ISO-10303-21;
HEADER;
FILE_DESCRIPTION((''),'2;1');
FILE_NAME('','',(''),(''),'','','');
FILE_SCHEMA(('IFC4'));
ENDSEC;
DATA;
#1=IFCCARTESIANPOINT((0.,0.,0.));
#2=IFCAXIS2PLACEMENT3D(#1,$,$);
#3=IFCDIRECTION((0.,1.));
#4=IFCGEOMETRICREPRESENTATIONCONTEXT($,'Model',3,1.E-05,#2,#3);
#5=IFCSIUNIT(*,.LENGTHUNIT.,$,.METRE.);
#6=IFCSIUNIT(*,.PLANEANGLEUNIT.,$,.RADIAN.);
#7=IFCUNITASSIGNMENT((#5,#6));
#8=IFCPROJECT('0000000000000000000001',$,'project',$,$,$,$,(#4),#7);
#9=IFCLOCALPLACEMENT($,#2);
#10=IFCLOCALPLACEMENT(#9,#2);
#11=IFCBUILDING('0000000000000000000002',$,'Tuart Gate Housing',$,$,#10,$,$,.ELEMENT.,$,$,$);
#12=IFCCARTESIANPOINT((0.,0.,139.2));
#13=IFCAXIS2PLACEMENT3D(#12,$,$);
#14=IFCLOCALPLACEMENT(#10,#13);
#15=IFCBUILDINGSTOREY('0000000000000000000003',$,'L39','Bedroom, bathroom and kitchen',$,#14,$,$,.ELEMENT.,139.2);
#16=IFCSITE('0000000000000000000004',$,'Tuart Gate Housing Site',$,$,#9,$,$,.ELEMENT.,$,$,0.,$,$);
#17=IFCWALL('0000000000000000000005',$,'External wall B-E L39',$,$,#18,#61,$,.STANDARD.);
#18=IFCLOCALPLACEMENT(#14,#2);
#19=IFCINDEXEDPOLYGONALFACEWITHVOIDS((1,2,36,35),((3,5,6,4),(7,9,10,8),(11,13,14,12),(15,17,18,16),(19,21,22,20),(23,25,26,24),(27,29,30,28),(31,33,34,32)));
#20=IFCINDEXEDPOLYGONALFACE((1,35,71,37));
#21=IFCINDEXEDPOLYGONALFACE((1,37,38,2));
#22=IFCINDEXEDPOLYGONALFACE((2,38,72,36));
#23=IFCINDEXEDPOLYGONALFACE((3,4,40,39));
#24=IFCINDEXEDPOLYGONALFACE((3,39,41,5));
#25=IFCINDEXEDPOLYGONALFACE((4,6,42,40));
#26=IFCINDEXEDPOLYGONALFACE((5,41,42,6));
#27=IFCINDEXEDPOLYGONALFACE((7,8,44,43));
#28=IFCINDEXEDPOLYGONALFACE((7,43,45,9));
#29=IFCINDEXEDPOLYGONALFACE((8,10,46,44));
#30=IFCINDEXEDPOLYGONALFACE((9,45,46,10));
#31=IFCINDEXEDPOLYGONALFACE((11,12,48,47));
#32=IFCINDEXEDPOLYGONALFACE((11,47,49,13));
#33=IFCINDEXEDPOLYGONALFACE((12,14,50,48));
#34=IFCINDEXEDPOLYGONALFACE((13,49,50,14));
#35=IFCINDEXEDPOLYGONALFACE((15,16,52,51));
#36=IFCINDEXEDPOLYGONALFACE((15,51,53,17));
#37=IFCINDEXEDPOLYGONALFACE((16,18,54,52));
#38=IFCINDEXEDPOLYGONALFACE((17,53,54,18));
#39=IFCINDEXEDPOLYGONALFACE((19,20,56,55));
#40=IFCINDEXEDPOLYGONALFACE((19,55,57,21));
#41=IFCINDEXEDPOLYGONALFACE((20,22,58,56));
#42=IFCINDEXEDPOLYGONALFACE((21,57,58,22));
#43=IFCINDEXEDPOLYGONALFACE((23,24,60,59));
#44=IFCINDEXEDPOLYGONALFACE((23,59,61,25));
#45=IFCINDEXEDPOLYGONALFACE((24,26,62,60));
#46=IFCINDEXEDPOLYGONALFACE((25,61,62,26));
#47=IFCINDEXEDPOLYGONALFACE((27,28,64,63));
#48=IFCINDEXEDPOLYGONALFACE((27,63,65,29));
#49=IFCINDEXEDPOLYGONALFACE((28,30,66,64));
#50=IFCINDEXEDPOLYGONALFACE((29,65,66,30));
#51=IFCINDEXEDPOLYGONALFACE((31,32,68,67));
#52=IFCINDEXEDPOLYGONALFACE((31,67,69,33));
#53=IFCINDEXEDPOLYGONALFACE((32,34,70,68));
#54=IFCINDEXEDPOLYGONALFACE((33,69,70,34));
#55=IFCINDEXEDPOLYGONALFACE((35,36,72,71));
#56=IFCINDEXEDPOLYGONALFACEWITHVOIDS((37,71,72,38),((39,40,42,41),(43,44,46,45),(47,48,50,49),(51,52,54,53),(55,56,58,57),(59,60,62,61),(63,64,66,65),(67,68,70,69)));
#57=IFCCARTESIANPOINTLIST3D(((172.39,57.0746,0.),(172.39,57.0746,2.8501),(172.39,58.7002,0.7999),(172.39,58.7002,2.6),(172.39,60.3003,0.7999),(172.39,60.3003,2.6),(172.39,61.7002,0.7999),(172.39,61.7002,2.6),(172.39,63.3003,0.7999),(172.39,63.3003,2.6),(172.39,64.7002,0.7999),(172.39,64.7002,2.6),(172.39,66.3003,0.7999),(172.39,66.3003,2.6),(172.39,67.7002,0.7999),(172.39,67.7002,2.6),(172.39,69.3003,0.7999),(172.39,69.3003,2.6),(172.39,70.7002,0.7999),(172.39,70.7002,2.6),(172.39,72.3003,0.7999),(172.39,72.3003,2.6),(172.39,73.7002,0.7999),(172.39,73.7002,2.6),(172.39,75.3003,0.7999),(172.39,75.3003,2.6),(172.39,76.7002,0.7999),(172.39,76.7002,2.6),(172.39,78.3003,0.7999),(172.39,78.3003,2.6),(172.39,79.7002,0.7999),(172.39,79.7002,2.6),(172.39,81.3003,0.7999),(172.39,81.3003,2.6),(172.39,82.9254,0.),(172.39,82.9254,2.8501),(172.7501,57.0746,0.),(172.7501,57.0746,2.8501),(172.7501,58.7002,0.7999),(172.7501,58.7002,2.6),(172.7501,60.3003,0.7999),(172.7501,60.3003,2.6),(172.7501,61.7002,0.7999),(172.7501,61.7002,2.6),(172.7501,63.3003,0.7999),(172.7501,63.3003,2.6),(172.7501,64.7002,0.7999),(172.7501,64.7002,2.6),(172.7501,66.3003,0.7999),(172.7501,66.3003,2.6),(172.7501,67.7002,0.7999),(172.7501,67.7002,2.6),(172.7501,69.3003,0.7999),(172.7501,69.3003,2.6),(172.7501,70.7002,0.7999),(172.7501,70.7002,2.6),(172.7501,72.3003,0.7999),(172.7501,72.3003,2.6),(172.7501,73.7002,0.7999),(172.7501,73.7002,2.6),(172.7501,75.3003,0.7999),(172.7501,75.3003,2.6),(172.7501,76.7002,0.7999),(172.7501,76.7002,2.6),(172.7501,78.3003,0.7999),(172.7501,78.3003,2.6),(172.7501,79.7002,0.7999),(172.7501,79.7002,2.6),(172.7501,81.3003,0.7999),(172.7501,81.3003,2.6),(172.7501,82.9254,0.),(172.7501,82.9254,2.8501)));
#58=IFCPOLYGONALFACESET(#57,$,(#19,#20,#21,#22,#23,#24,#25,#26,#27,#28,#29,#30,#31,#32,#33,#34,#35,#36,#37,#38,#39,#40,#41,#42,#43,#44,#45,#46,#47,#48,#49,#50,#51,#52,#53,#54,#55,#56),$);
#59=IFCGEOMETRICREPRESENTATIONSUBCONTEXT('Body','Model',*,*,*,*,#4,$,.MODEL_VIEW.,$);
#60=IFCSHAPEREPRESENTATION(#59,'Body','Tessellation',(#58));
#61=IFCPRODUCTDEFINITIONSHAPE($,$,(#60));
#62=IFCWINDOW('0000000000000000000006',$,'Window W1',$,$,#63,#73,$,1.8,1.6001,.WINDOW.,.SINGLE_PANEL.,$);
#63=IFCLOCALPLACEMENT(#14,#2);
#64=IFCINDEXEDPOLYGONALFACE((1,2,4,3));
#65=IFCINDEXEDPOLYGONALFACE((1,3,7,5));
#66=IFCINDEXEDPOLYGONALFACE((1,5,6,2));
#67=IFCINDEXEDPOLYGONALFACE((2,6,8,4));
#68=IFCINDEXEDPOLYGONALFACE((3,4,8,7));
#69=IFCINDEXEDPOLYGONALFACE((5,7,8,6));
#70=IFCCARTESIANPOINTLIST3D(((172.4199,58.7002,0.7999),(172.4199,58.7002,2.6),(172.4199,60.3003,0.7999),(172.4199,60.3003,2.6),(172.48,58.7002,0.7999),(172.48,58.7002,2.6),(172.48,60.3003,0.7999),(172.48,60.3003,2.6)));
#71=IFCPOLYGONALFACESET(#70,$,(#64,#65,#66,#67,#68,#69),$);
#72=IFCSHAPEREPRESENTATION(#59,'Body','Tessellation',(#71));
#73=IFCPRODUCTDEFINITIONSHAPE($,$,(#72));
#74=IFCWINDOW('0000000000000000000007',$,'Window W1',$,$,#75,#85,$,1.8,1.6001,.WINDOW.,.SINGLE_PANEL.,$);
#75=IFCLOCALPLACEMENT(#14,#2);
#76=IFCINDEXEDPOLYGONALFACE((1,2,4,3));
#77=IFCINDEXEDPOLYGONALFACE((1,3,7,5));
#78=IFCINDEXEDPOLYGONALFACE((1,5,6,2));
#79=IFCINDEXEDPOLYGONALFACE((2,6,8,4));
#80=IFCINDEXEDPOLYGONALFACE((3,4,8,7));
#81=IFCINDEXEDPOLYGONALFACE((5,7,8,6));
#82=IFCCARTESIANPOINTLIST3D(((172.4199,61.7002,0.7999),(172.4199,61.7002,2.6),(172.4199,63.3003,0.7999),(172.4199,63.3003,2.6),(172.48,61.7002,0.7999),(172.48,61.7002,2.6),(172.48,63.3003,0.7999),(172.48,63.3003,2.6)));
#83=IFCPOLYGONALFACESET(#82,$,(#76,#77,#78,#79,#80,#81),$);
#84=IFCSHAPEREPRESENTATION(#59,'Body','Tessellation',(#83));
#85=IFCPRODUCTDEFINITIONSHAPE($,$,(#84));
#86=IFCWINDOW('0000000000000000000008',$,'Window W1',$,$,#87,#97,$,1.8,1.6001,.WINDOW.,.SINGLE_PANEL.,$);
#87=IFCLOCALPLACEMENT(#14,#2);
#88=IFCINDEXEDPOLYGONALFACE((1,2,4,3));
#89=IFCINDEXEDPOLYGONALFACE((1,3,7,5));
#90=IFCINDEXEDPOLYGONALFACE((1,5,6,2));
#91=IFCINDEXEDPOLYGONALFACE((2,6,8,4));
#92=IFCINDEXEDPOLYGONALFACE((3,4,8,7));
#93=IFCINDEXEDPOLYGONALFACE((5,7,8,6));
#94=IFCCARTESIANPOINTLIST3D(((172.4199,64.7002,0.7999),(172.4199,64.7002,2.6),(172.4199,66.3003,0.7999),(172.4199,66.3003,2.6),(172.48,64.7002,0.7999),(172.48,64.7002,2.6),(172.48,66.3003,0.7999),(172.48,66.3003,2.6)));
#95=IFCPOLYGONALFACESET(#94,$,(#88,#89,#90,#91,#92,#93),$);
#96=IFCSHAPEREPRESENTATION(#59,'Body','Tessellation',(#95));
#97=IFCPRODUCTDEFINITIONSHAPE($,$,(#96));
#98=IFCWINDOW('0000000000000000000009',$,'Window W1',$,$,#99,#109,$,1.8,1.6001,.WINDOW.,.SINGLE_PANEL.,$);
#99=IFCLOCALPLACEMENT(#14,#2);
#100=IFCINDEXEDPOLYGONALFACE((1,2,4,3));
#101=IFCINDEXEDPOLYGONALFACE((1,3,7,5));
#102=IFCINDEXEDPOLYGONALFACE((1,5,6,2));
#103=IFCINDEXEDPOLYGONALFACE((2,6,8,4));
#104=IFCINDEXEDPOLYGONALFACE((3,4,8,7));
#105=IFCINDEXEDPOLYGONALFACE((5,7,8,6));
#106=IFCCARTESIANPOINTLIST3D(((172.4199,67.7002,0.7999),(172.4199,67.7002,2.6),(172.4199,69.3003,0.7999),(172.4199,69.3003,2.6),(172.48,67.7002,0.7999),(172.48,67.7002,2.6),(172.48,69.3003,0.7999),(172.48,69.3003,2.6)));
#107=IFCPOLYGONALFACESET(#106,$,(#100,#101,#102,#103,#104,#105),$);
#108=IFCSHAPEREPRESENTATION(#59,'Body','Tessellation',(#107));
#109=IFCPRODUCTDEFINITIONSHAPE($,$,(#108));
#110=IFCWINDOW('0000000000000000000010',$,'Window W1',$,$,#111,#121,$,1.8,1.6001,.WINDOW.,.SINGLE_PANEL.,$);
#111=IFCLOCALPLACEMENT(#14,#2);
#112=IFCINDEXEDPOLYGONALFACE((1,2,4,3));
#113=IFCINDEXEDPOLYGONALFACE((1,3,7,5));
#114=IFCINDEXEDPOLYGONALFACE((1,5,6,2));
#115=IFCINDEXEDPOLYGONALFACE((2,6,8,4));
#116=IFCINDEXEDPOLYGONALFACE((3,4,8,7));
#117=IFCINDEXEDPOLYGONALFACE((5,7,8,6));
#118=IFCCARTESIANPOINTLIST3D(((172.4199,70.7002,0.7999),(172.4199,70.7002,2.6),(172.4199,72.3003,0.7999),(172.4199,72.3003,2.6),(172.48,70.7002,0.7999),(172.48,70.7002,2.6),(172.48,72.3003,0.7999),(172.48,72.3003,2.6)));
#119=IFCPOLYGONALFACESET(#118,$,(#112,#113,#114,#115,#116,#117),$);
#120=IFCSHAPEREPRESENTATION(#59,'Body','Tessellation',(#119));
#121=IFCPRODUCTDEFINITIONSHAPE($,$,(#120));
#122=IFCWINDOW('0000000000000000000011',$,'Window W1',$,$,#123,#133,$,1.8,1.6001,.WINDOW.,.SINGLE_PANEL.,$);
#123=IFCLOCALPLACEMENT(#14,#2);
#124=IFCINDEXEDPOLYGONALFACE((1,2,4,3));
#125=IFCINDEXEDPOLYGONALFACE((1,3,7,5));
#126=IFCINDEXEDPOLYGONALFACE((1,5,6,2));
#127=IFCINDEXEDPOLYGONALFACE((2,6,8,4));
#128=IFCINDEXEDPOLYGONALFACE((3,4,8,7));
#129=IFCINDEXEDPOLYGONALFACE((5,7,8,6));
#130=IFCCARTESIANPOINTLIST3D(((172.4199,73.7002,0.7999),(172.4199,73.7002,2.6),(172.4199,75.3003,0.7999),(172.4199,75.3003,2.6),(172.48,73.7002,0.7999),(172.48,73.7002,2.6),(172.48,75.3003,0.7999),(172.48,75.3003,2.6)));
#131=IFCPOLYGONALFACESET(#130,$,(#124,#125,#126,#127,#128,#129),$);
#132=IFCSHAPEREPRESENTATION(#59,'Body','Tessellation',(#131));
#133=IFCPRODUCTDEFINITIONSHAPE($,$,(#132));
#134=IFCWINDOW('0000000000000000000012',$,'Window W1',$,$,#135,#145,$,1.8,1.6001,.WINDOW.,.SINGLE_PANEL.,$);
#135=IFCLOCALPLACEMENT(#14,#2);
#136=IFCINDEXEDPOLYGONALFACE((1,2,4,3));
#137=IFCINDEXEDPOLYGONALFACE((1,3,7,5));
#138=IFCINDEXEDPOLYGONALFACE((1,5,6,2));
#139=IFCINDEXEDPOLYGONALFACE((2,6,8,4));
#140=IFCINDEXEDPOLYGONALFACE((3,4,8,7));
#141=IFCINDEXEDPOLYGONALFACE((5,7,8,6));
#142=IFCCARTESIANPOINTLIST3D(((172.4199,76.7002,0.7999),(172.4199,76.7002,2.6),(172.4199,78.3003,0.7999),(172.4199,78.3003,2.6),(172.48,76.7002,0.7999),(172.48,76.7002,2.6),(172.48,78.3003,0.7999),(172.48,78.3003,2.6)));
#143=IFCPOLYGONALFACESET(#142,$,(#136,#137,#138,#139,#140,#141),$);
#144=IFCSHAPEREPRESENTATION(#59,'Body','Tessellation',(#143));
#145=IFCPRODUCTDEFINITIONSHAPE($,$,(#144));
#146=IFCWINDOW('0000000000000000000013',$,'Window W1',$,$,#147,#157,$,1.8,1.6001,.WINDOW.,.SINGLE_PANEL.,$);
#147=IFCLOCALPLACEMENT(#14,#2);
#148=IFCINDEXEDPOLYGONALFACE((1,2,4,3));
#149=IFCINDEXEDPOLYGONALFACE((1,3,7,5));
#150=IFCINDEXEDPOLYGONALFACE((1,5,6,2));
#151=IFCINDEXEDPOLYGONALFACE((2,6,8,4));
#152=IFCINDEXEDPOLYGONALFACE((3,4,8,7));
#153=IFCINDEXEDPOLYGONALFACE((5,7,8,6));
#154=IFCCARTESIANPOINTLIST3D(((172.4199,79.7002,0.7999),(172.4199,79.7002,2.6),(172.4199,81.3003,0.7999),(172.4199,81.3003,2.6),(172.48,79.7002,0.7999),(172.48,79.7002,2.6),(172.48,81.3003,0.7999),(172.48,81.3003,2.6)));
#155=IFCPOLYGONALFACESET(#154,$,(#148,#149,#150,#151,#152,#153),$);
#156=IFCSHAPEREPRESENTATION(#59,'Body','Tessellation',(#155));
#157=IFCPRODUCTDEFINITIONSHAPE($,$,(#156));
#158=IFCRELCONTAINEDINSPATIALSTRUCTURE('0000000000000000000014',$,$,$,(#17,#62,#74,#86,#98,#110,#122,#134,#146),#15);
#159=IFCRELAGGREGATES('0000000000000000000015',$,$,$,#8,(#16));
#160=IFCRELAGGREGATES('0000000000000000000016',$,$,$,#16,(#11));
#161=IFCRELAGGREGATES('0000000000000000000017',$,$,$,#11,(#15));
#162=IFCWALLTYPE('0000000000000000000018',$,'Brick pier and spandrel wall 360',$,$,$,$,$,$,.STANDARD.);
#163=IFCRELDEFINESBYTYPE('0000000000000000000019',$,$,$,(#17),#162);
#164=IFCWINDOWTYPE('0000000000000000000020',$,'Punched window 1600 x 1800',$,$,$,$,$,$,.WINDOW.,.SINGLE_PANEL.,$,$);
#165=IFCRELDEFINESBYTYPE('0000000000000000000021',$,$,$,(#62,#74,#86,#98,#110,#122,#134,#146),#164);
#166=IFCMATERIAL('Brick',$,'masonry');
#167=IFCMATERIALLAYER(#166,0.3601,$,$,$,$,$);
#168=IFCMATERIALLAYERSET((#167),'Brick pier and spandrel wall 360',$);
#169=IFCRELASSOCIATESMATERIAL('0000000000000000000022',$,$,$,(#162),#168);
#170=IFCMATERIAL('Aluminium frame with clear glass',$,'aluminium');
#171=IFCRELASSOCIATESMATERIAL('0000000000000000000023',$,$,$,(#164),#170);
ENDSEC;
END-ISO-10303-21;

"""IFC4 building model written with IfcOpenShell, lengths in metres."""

from ifc_helpers import new_model, si_unit, direction, frame, frame_2d, origin, place, context, subcontext, project, spatial, rectangle, extrude, material, layer, layer_set, type_object, element, fill, save


model = new_model("IFC4")

# Units and contexts
model_context = context("Model", 3, precision=1e-05, world=origin(), true_north=direction((0.0, 1.0)))
body_context = subcontext(model_context, "Body", "Model", "MODEL_VIEW")
ifc_project = project(units=[si_unit("LENGTHUNIT", "METRE"), si_unit("PLANEANGLEUNIT", "RADIAN")], contexts=[model_context])

# Site, building, storey
site_placement = place(None, origin())
site = spatial("IfcSite", under=ifc_project, at=site_placement, Name="Tuart Gate Housing Site", CompositionType="ELEMENT", RefElevation=0.0)
building_placement = place(site_placement, origin())
building = spatial("IfcBuilding", under=site, at=building_placement, Name="Tuart Gate Housing", CompositionType="ELEMENT")
storey_placement = place(building_placement, frame((0.0, 0.0, 139.2)))
storey = spatial("IfcBuildingStorey", under=building, at=storey_placement, Name="L39", Description="Bedroom, bathroom and kitchen", CompositionType="ELEMENT", Elevation=139.2)

# Shared definitions
ifc_material_1 = material(Name="Brick", Category="masonry")
ifc_layer_1 = layer(ifc_material_1, 0.3601)
ifc_layer_set_1 = layer_set([ifc_layer_1], Name="Brick pier and spandrel wall 360")
wall_type_1 = type_object("IfcWallType", Name="Brick pier and spandrel wall 360", PredefinedType="STANDARD", material=ifc_layer_set_1)
ifc_material_2 = material(Name="Aluminium frame with clear glass", Category="aluminium")
window_type = type_object("IfcWindowType", Name="Punched window 1600 x 1800", PartitioningType="SINGLE_PANEL", PredefinedType="WINDOW", material=ifc_material_2)

# Wall, openings, windows
wall_1_placement = place(storey_placement, frame((172.5701, 57.0747, 0.0), z_axis=(0.0, 0.0, 1.0), x_axis=(0.0, 1.0, 0.0)))
wall_1 = element("IfcWall", 1, at=wall_1_placement, inside=storey, type_object=wall_type_1, Name="External wall B-E L39", PredefinedType="STANDARD", context=body_context, shape_type="SweptSolid", body=[
    extrude(rectangle(XDim=25.8508, YDim=0.3601, at=frame_2d((12.9253, 0.0))), origin(), (0.0, 0.0, 1.0), 2.8501),
])
opening_1_placement = place(wall_1_placement, frame((1.6255, 0.0, 0.8)))
opening_1 = element("IfcOpeningElement", 2, at=opening_1_placement, cuts=wall_1, PredefinedType="OPENING", context=body_context, shape_type="SweptSolid", body=[
    extrude(rectangle(XDim=1.6001, YDim=1.8, at=frame_2d((0.8, 0.8999))), frame((0.0, 0.1899, 0.0), z_axis=(0.0, -1.0, 0.0), x_axis=(1.0, 0.0, 0.0)), (0.0, 0.0, 1.0), 0.3801),
])
opening_2_placement = place(wall_1_placement, frame((4.6255, 0.0, 0.8)))
opening_2 = element("IfcOpeningElement", 3, at=opening_2_placement, cuts=wall_1, PredefinedType="OPENING", context=body_context, shape_type="SweptSolid", body=[
    extrude(rectangle(XDim=1.6001, YDim=1.8, at=frame_2d((0.8, 0.8999))), frame((0.0, 0.1899, 0.0), z_axis=(0.0, -1.0, 0.0), x_axis=(1.0, 0.0, 0.0)), (0.0, 0.0, 1.0), 0.3801),
])
opening_3_placement = place(wall_1_placement, frame((7.6255, 0.0, 0.8)))
opening_3 = element("IfcOpeningElement", 4, at=opening_3_placement, cuts=wall_1, PredefinedType="OPENING", context=body_context, shape_type="SweptSolid", body=[
    extrude(rectangle(XDim=1.6001, YDim=1.8, at=frame_2d((0.8, 0.8999))), frame((0.0, 0.1899, 0.0), z_axis=(0.0, -1.0, 0.0), x_axis=(1.0, 0.0, 0.0)), (0.0, 0.0, 1.0), 0.3801),
])
opening_4_placement = place(wall_1_placement, frame((10.6255, 0.0, 0.8)))
opening_4 = element("IfcOpeningElement", 5, at=opening_4_placement, cuts=wall_1, PredefinedType="OPENING", context=body_context, shape_type="SweptSolid", body=[
    extrude(rectangle(XDim=1.6001, YDim=1.8, at=frame_2d((0.8, 0.8999))), frame((0.0, 0.1899, 0.0), z_axis=(0.0, -1.0, 0.0), x_axis=(1.0, 0.0, 0.0)), (0.0, 0.0, 1.0), 0.3801),
])
opening_5_placement = place(wall_1_placement, frame((13.6255, 0.0, 0.8)))
opening_5 = element("IfcOpeningElement", 6, at=opening_5_placement, cuts=wall_1, PredefinedType="OPENING", context=body_context, shape_type="SweptSolid", body=[
    extrude(rectangle(XDim=1.6001, YDim=1.8, at=frame_2d((0.8, 0.8999))), frame((0.0, 0.1899, 0.0), z_axis=(0.0, -1.0, 0.0), x_axis=(1.0, 0.0, 0.0)), (0.0, 0.0, 1.0), 0.3801),
])
opening_6_placement = place(wall_1_placement, frame((16.6255, 0.0, 0.8)))
opening_6 = element("IfcOpeningElement", 7, at=opening_6_placement, cuts=wall_1, PredefinedType="OPENING", context=body_context, shape_type="SweptSolid", body=[
    extrude(rectangle(XDim=1.6001, YDim=1.8, at=frame_2d((0.8, 0.8999))), frame((0.0, 0.1899, 0.0), z_axis=(0.0, -1.0, 0.0), x_axis=(1.0, 0.0, 0.0)), (0.0, 0.0, 1.0), 0.3801),
])
opening_7_placement = place(wall_1_placement, frame((19.6255, 0.0, 0.8)))
opening_7 = element("IfcOpeningElement", 8, at=opening_7_placement, cuts=wall_1, PredefinedType="OPENING", context=body_context, shape_type="SweptSolid", body=[
    extrude(rectangle(XDim=1.6001, YDim=1.8, at=frame_2d((0.8, 0.8999))), frame((0.0, 0.1899, 0.0), z_axis=(0.0, -1.0, 0.0), x_axis=(1.0, 0.0, 0.0)), (0.0, 0.0, 1.0), 0.3801),
])
opening_8_placement = place(wall_1_placement, frame((22.6255, 0.0, 0.8)))
opening_8 = element("IfcOpeningElement", 9, at=opening_8_placement, cuts=wall_1, PredefinedType="OPENING", context=body_context, shape_type="SweptSolid", body=[
    extrude(rectangle(XDim=1.6001, YDim=1.8, at=frame_2d((0.8, 0.8999))), frame((0.0, 0.1899, 0.0), z_axis=(0.0, -1.0, 0.0), x_axis=(1.0, 0.0, 0.0)), (0.0, 0.0, 1.0), 0.3801),
])
window_1_placement = place(opening_1_placement, origin())
window_1 = element("IfcWindow", 10, at=window_1_placement, inside=storey, type_object=window_type, Name="Window W1", OverallHeight=1.8, OverallWidth=1.6001, PartitioningType="SINGLE_PANEL", PredefinedType="WINDOW", context=body_context, shape_type="SweptSolid", body=[
    extrude(rectangle(XDim=1.6001, YDim=1.8, at=frame_2d((0.8, 0.8999))), frame((0.0, 0.1501, 0.0), z_axis=(0.0, -1.0, 0.0), x_axis=(1.0, 0.0, 0.0)), (0.0, 0.0, 1.0), 0.0601),
])
fill(opening_1, window_1)
window_2_placement = place(opening_2_placement, origin())
window_2 = element("IfcWindow", 11, at=window_2_placement, inside=storey, type_object=window_type, Name="Window W1", OverallHeight=1.8, OverallWidth=1.6001, PartitioningType="SINGLE_PANEL", PredefinedType="WINDOW", context=body_context, shape_type="SweptSolid", body=[
    extrude(rectangle(XDim=1.6001, YDim=1.8, at=frame_2d((0.8, 0.8999))), frame((0.0, 0.1501, 0.0), z_axis=(0.0, -1.0, 0.0), x_axis=(1.0, 0.0, 0.0)), (0.0, 0.0, 1.0), 0.0601),
])
fill(opening_2, window_2)
window_3_placement = place(opening_3_placement, origin())
window_3 = element("IfcWindow", 12, at=window_3_placement, inside=storey, type_object=window_type, Name="Window W1", OverallHeight=1.8, OverallWidth=1.6001, PartitioningType="SINGLE_PANEL", PredefinedType="WINDOW", context=body_context, shape_type="SweptSolid", body=[
    extrude(rectangle(XDim=1.6001, YDim=1.8, at=frame_2d((0.8, 0.8999))), frame((0.0, 0.1501, 0.0), z_axis=(0.0, -1.0, 0.0), x_axis=(1.0, 0.0, 0.0)), (0.0, 0.0, 1.0), 0.0601),
])
fill(opening_3, window_3)
window_4_placement = place(opening_4_placement, origin())
window_4 = element("IfcWindow", 13, at=window_4_placement, inside=storey, type_object=window_type, Name="Window W1", OverallHeight=1.8, OverallWidth=1.6001, PartitioningType="SINGLE_PANEL", PredefinedType="WINDOW", context=body_context, shape_type="SweptSolid", body=[
    extrude(rectangle(XDim=1.6001, YDim=1.8, at=frame_2d((0.8, 0.8999))), frame((0.0, 0.1501, 0.0), z_axis=(0.0, -1.0, 0.0), x_axis=(1.0, 0.0, 0.0)), (0.0, 0.0, 1.0), 0.0601),
])
fill(opening_4, window_4)
window_5_placement = place(opening_5_placement, origin())
window_5 = element("IfcWindow", 14, at=window_5_placement, inside=storey, type_object=window_type, Name="Window W1", OverallHeight=1.8, OverallWidth=1.6001, PartitioningType="SINGLE_PANEL", PredefinedType="WINDOW", context=body_context, shape_type="SweptSolid", body=[
    extrude(rectangle(XDim=1.6001, YDim=1.8, at=frame_2d((0.8, 0.8999))), frame((0.0, 0.1501, 0.0), z_axis=(0.0, -1.0, 0.0), x_axis=(1.0, 0.0, 0.0)), (0.0, 0.0, 1.0), 0.0601),
])
fill(opening_5, window_5)
window_6_placement = place(opening_6_placement, origin())
window_6 = element("IfcWindow", 15, at=window_6_placement, inside=storey, type_object=window_type, Name="Window W1", OverallHeight=1.8, OverallWidth=1.6001, PartitioningType="SINGLE_PANEL", PredefinedType="WINDOW", context=body_context, shape_type="SweptSolid", body=[
    extrude(rectangle(XDim=1.6001, YDim=1.8, at=frame_2d((0.8, 0.8999))), frame((0.0, 0.1501, 0.0), z_axis=(0.0, -1.0, 0.0), x_axis=(1.0, 0.0, 0.0)), (0.0, 0.0, 1.0), 0.0601),
])
fill(opening_6, window_6)
window_7_placement = place(opening_7_placement, origin())
window_7 = element("IfcWindow", 16, at=window_7_placement, inside=storey, type_object=window_type, Name="Window W1", OverallHeight=1.8, OverallWidth=1.6001, PartitioningType="SINGLE_PANEL", PredefinedType="WINDOW", context=body_context, shape_type="SweptSolid", body=[
    extrude(rectangle(XDim=1.6001, YDim=1.8, at=frame_2d((0.8, 0.8999))), frame((0.0, 0.1501, 0.0), z_axis=(0.0, -1.0, 0.0), x_axis=(1.0, 0.0, 0.0)), (0.0, 0.0, 1.0), 0.0601),
])
fill(opening_7, window_7)
window_8_placement = place(opening_8_placement, origin())
window_8 = element("IfcWindow", 17, at=window_8_placement, inside=storey, type_object=window_type, Name="Window W1", OverallHeight=1.8, OverallWidth=1.6001, PartitioningType="SINGLE_PANEL", PredefinedType="WINDOW", context=body_context, shape_type="SweptSolid", body=[
    extrude(rectangle(XDim=1.6001, YDim=1.8, at=frame_2d((0.8, 0.8999))), frame((0.0, 0.1501, 0.0), z_axis=(0.0, -1.0, 0.0), x_axis=(1.0, 0.0, 0.0)), (0.0, 0.0, 1.0), 0.0601),
])
fill(opening_8, window_8)

save(model, "model.ifc")
